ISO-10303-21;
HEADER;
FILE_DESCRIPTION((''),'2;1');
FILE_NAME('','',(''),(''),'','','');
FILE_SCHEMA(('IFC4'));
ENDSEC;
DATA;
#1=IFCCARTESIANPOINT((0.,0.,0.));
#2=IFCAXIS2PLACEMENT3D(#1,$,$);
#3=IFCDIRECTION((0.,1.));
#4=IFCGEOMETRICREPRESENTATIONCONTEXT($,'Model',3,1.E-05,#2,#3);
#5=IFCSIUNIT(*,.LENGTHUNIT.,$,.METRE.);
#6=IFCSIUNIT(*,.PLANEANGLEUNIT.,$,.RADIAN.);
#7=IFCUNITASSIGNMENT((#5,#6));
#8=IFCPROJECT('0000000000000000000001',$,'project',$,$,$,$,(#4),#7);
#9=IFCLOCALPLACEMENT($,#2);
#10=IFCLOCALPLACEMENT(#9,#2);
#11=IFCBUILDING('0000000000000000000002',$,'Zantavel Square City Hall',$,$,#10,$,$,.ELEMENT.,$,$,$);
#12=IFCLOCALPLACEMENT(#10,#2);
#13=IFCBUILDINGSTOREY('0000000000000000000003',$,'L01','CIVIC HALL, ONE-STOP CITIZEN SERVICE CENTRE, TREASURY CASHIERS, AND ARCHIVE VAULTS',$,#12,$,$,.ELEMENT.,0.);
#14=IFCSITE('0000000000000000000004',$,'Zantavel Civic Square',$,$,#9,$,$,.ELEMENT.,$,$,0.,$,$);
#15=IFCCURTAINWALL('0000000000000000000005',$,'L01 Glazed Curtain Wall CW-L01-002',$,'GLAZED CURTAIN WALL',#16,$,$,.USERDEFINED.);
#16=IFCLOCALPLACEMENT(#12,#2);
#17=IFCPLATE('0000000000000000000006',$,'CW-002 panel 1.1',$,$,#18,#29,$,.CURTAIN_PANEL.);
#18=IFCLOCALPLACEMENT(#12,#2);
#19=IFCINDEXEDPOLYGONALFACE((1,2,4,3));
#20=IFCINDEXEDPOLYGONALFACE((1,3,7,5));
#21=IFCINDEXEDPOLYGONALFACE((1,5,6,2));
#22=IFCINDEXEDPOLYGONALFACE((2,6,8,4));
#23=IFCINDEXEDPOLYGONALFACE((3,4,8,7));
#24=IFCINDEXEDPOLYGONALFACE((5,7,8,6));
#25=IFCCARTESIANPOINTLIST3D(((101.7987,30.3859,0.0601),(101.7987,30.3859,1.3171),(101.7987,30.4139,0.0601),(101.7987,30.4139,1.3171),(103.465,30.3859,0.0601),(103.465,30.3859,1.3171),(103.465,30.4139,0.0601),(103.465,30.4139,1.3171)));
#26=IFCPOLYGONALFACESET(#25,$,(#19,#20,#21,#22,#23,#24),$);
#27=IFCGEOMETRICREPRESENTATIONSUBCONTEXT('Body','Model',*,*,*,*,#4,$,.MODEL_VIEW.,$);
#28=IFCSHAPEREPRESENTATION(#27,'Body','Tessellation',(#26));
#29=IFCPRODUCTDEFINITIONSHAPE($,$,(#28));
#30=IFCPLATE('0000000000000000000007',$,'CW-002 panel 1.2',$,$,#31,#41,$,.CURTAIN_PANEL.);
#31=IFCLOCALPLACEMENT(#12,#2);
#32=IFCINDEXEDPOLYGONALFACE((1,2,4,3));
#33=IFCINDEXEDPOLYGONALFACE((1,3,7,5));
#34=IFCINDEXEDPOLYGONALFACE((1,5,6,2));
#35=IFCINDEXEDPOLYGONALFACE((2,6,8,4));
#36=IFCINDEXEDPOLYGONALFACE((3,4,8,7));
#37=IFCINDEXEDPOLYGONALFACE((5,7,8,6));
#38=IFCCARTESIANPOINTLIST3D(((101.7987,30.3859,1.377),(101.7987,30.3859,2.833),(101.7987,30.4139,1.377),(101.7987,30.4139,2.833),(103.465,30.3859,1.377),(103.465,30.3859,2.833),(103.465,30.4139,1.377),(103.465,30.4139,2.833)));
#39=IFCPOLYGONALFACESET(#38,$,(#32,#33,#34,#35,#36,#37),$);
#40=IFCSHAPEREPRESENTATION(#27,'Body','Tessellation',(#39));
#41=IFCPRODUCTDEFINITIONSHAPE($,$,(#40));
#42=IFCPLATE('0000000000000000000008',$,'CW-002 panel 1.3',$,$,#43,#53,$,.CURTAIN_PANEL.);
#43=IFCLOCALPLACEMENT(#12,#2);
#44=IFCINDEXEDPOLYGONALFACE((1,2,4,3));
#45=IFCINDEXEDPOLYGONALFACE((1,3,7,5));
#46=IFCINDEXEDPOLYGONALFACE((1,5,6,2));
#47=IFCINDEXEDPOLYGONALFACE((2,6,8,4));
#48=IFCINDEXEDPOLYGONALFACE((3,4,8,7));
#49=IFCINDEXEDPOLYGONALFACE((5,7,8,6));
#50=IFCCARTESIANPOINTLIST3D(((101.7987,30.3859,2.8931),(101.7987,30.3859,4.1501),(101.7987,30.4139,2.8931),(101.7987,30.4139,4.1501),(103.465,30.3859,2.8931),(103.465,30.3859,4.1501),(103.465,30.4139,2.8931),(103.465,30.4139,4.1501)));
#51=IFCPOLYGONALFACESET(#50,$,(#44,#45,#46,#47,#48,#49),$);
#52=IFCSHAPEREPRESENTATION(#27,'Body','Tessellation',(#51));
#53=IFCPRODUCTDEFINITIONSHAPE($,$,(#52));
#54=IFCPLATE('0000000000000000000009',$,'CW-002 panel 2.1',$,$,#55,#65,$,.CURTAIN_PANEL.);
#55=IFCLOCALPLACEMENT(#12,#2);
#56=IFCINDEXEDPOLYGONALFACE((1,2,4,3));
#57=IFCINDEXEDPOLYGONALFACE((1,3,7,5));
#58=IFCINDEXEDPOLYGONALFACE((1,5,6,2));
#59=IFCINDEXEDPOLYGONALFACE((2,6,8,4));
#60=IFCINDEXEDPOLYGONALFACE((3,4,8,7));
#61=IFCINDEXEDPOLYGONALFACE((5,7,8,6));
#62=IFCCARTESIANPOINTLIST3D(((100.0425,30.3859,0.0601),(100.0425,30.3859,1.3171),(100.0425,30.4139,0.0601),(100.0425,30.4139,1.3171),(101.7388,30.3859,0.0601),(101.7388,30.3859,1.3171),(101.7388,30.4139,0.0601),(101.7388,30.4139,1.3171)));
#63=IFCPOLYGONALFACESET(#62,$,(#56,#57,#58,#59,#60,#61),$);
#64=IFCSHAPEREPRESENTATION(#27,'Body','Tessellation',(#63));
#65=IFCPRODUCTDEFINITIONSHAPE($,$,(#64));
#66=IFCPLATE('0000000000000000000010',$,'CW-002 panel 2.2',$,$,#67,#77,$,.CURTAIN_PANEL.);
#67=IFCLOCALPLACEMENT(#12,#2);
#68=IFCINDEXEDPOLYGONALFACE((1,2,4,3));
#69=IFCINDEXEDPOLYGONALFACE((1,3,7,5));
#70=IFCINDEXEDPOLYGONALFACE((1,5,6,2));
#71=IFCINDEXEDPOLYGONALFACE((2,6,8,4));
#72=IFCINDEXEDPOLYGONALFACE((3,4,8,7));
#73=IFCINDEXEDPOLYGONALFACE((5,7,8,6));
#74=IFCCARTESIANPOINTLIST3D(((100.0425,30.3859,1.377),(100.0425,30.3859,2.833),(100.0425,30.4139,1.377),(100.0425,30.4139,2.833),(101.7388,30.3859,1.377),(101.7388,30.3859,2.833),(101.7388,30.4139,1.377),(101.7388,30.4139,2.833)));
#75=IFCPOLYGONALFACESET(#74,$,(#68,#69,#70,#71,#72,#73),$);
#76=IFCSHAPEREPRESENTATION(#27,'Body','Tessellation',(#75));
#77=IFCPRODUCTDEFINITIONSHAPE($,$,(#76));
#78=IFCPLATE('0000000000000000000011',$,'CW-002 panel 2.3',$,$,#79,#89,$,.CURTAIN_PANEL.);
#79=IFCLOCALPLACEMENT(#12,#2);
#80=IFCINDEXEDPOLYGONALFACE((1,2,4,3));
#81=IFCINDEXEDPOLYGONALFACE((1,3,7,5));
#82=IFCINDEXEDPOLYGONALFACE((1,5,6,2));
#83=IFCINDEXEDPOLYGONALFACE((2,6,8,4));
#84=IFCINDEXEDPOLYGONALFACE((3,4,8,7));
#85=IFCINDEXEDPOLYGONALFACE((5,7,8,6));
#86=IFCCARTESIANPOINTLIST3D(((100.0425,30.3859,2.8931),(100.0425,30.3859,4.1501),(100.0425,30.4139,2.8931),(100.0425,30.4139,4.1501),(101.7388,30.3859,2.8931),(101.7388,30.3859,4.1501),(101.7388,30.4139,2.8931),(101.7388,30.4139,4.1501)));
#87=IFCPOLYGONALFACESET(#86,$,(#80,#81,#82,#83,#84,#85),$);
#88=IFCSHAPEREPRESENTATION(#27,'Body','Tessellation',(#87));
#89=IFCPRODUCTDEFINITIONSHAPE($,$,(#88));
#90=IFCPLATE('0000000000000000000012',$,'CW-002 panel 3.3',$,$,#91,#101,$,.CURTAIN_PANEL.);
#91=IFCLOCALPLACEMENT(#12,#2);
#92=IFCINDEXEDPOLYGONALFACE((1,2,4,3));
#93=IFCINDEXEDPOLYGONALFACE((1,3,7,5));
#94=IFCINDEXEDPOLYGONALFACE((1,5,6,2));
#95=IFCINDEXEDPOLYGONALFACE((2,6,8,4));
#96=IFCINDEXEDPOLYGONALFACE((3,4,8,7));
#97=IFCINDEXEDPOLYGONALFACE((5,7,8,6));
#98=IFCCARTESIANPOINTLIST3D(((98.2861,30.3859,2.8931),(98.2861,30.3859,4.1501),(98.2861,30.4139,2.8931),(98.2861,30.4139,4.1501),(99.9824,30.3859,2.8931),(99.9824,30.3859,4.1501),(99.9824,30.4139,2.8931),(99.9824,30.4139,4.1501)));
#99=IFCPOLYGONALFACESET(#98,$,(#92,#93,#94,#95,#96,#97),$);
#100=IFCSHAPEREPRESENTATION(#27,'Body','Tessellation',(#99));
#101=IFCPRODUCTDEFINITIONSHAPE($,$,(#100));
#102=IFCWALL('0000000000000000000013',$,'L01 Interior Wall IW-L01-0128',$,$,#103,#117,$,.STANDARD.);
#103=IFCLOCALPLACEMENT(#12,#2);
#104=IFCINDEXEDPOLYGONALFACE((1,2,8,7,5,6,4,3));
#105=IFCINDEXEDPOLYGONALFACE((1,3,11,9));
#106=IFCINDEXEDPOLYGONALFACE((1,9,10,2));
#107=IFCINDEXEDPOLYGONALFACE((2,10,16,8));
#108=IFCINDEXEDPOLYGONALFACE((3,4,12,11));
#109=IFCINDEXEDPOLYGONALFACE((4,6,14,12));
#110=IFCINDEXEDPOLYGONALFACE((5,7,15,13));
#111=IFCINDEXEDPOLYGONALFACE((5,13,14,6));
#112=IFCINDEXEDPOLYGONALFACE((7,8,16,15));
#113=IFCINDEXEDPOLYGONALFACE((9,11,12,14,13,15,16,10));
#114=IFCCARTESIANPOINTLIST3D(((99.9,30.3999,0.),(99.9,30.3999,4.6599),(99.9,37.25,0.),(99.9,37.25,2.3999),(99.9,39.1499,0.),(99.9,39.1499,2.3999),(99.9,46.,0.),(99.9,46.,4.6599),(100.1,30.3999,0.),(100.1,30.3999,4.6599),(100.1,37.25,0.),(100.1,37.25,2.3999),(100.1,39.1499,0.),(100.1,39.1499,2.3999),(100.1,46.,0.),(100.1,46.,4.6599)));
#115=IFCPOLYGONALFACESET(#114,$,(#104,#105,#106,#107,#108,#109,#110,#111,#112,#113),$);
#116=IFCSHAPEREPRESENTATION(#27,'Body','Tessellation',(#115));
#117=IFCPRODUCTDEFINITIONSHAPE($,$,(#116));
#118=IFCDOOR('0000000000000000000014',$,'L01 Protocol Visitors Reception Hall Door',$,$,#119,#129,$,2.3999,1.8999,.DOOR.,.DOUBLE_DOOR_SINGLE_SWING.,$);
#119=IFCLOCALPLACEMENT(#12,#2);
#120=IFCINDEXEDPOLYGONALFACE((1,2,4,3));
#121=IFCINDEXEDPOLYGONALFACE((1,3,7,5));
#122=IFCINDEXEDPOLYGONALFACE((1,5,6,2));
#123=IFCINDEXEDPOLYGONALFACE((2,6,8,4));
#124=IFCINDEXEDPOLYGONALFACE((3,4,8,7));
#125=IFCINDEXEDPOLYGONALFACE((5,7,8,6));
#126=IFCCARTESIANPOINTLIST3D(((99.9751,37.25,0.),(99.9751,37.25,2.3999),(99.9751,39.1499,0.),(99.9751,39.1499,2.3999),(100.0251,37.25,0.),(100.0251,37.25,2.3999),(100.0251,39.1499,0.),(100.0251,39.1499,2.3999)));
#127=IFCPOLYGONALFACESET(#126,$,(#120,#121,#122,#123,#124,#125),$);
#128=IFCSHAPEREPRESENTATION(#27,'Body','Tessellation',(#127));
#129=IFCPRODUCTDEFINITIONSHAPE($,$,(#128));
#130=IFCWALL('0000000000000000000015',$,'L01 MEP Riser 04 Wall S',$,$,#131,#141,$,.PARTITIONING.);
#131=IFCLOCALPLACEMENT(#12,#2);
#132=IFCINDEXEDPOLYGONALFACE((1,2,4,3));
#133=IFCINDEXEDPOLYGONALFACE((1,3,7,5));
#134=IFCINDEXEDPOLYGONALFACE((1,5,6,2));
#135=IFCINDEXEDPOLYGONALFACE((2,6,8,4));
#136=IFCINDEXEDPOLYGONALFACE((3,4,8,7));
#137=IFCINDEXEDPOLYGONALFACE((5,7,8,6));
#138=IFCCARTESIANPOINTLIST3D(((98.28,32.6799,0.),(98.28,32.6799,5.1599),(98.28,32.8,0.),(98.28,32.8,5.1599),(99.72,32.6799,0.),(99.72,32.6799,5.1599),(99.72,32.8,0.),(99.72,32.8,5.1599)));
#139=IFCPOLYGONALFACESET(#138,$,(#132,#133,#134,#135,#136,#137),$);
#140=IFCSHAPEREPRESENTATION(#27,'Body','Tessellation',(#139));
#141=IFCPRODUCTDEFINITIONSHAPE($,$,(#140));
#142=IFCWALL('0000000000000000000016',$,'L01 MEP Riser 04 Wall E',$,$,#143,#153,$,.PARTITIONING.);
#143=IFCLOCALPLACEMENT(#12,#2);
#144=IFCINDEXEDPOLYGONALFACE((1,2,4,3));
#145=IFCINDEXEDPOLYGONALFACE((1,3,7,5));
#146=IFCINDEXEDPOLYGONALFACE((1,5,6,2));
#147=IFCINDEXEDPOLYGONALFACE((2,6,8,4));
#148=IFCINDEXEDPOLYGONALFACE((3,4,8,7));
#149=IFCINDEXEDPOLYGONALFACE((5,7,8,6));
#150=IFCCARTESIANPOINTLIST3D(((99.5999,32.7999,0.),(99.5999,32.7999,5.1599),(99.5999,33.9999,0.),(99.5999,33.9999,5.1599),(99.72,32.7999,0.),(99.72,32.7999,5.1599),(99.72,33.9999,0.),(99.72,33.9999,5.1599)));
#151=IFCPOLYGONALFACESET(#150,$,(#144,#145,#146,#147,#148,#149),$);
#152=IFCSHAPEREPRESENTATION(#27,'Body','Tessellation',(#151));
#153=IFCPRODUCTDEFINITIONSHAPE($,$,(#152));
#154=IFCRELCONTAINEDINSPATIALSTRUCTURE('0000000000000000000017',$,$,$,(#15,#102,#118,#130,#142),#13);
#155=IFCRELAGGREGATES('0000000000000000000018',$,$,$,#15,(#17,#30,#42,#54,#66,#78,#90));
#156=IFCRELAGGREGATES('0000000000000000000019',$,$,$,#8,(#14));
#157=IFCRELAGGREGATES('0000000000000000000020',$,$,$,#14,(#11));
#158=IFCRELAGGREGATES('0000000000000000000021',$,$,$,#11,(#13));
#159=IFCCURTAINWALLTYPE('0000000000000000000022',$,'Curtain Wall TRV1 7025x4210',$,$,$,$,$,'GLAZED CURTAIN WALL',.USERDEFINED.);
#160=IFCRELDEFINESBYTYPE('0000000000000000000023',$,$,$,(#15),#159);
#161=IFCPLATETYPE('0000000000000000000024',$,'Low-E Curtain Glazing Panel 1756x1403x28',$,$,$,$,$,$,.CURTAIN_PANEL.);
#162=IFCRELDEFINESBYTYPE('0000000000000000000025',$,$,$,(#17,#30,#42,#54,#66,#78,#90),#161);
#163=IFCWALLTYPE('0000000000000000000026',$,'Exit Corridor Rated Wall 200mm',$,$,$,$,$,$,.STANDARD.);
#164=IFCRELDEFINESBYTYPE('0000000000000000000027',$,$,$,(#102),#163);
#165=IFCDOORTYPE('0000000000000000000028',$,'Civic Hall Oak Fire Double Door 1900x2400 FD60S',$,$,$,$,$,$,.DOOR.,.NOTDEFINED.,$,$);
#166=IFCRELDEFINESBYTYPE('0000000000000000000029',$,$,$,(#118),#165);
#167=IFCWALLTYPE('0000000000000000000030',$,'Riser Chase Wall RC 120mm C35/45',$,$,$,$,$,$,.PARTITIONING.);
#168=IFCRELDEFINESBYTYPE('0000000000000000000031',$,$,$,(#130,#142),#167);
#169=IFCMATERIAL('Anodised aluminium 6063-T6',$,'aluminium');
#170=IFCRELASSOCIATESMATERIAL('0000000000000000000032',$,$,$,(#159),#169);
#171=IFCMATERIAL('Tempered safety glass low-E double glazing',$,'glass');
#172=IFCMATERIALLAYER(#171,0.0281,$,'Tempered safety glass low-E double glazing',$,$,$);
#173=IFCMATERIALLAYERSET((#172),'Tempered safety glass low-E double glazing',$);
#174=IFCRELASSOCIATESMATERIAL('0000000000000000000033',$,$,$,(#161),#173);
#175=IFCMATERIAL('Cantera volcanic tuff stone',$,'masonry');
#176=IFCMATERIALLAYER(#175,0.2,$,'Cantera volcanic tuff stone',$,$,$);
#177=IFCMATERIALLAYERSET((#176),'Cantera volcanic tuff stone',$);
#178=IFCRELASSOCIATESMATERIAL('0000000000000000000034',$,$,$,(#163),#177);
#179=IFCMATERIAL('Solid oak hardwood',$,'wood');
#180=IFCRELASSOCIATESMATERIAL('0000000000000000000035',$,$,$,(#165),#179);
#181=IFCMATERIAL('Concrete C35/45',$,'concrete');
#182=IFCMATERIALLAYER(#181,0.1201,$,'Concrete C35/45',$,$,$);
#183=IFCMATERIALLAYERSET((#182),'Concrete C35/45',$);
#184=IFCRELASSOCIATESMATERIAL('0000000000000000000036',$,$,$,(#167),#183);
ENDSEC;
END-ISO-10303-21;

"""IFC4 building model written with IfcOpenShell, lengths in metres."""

from ifc_helpers import new_model, si_unit, direction, frame, frame_2d, origin, origin_2d, place, context, subcontext, project, spatial, rectangle, extrude, material, layer, layer_set, type_object, element, fill, aggregate, save


model = new_model("IFC4")

# Units and contexts
model_context = context("Model", 3, precision=1e-05, world=origin(), true_north=direction((0.0, 1.0)))
body_context = subcontext(model_context, "Body", "Model", "MODEL_VIEW")
ifc_project = project(units=[si_unit("LENGTHUNIT", "METRE"), si_unit("PLANEANGLEUNIT", "RADIAN")], contexts=[model_context])

# Site, building, storey
site_placement = place(None, origin())
site = spatial("IfcSite", under=ifc_project, at=site_placement, Name="Zantavel Civic Square", CompositionType="ELEMENT", RefElevation=0.0)
building_placement = place(site_placement, origin())
building = spatial("IfcBuilding", under=site, at=building_placement, Name="Zantavel Square City Hall", CompositionType="ELEMENT")
storey_placement = place(building_placement, origin())
storey = spatial("IfcBuildingStorey", under=building, at=storey_placement, Name="L01", Description="CIVIC HALL, ONE-STOP CITIZEN SERVICE CENTRE, TREASURY CASHIERS, AND ARCHIVE VAULTS", CompositionType="ELEMENT", Elevation=0.0)

# Curtain wall
ifc_material_1 = material(Name="Anodised aluminium 6063-T6", Category="aluminium")
curtain_wall_type = type_object("IfcCurtainWallType", Name="Curtain Wall TRV1 7025x4210", ElementType="GLAZED CURTAIN WALL", PredefinedType="USERDEFINED", material=ifc_material_1)
curtain_wall_placement = place(storey_placement, origin())
curtain_wall = element("IfcCurtainWall", 1, at=curtain_wall_placement, inside=storey, type_object=curtain_wall_type, Name="L01 Glazed Curtain Wall CW-L01-002", ObjectType="GLAZED CURTAIN WALL", PredefinedType="USERDEFINED")

# Shared definitions
ifc_material_2 = material(Name="Concrete C35/45", Category="concrete")

# Plates
ifc_material_3 = material(Name="Tempered safety glass low-E double glazing", Category="glass")
ifc_layer_1 = layer(ifc_material_3, 0.0281, Name="Tempered safety glass low-E double glazing")
ifc_layer_set_1 = layer_set([ifc_layer_1], Name="Tempered safety glass low-E double glazing")
plate_type = type_object("IfcPlateType", Name="Low-E Curtain Glazing Panel 1756x1403x28", PredefinedType="CURTAIN_PANEL", material=ifc_layer_set_1)
plate_1_placement = place(storey_placement, frame((102.6318, 30.3999, 0.0601), z_axis=(0.0, 0.0, 1.0), x_axis=(-1.0, 0.0, 0.0)))
plate_1 = element("IfcPlate", 2, at=plate_1_placement, type_object=plate_type, Name="CW-002 panel 1.1", PredefinedType="CURTAIN_PANEL", context=body_context, shape_type="SweptSolid", body=[
    extrude(rectangle(XDim=1.6663, YDim=0.0281, at=origin_2d()), origin(), (0.0, 0.0, 1.0), 1.2571),
])
plate_2_placement = place(storey_placement, frame((102.6318, 30.3999, 1.377), z_axis=(0.0, 0.0, 1.0), x_axis=(-1.0, 0.0, 0.0)))
plate_2 = element("IfcPlate", 3, at=plate_2_placement, type_object=plate_type, Name="CW-002 panel 1.2", PredefinedType="CURTAIN_PANEL", context=body_context, shape_type="SweptSolid", body=[
    extrude(rectangle(XDim=1.6663, YDim=0.0281, at=origin_2d()), origin(), (0.0, 0.0, 1.0), 1.4561),
])
plate_3_placement = place(storey_placement, frame((102.6318, 30.3999, 2.8931), z_axis=(0.0, 0.0, 1.0), x_axis=(-1.0, 0.0, 0.0)))
plate_3 = element("IfcPlate", 4, at=plate_3_placement, type_object=plate_type, Name="CW-002 panel 1.3", PredefinedType="CURTAIN_PANEL", context=body_context, shape_type="SweptSolid", body=[
    extrude(rectangle(XDim=1.6663, YDim=0.0281, at=origin_2d()), origin(), (0.0, 0.0, 1.0), 1.2571),
])
plate_4_placement = place(storey_placement, frame((100.8906, 30.3999, 0.0601), z_axis=(0.0, 0.0, 1.0), x_axis=(-1.0, 0.0, 0.0)))
plate_4 = element("IfcPlate", 5, at=plate_4_placement, type_object=plate_type, Name="CW-002 panel 2.1", PredefinedType="CURTAIN_PANEL", context=body_context, shape_type="SweptSolid", body=[
    extrude(rectangle(XDim=1.6963, YDim=0.0281, at=origin_2d()), origin(), (0.0, 0.0, 1.0), 1.2571),
])
plate_5_placement = place(storey_placement, frame((100.8906, 30.3999, 1.377), z_axis=(0.0, 0.0, 1.0), x_axis=(-1.0, 0.0, 0.0)))
plate_5 = element("IfcPlate", 6, at=plate_5_placement, type_object=plate_type, Name="CW-002 panel 2.2", PredefinedType="CURTAIN_PANEL", context=body_context, shape_type="SweptSolid", body=[
    extrude(rectangle(XDim=1.6963, YDim=0.0281, at=origin_2d()), origin(), (0.0, 0.0, 1.0), 1.4561),
])
plate_6_placement = place(storey_placement, frame((100.8906, 30.3999, 2.8931), z_axis=(0.0, 0.0, 1.0), x_axis=(-1.0, 0.0, 0.0)))
plate_6 = element("IfcPlate", 7, at=plate_6_placement, type_object=plate_type, Name="CW-002 panel 2.3", PredefinedType="CURTAIN_PANEL", context=body_context, shape_type="SweptSolid", body=[
    extrude(rectangle(XDim=1.6963, YDim=0.0281, at=origin_2d()), origin(), (0.0, 0.0, 1.0), 1.2571),
])
plate_7_placement = place(storey_placement, frame((99.1343, 30.3999, 2.8931), z_axis=(0.0, 0.0, 1.0), x_axis=(-1.0, 0.0, 0.0)))
plate_7 = element("IfcPlate", 8, at=plate_7_placement, type_object=plate_type, Name="CW-002 panel 3.3", PredefinedType="CURTAIN_PANEL", context=body_context, shape_type="SweptSolid", body=[
    extrude(rectangle(XDim=1.6963, YDim=0.0281, at=origin_2d()), origin(), (0.0, 0.0, 1.0), 1.2571),
])
aggregate(curtain_wall, [plate_1, plate_2, plate_3, plate_4, plate_5, plate_6, plate_7])

# Wall, opening, door
ifc_material_4 = material(Name="Cantera volcanic tuff stone", Category="masonry")
ifc_layer_2 = layer(ifc_material_4, 0.2, Name="Cantera volcanic tuff stone")
ifc_layer_set_2 = layer_set([ifc_layer_2], Name="Cantera volcanic tuff stone")
wall_type_1 = type_object("IfcWallType", Name="Exit Corridor Rated Wall 200mm", PredefinedType="STANDARD", material=ifc_layer_set_2)
wall_1_placement = place(storey_placement, frame((100.0, 30.3999, 0.0), z_axis=(0.0, 0.0, 1.0), x_axis=(0.0, 1.0, 0.0)))
wall_1 = element("IfcWall", 9, at=wall_1_placement, inside=storey, type_object=wall_type_1, Name="L01 Interior Wall IW-L01-0128", PredefinedType="STANDARD", context=body_context, shape_type="SweptSolid", body=[
    extrude(rectangle(XDim=15.6001, YDim=0.2, at=frame_2d((7.8, 0.0))), origin(), (0.0, 0.0, 1.0), 4.6599),
])
opening_placement = place(wall_1_placement, frame((6.8501, 0.0, 0.0)))
opening = element("IfcOpeningElement", 10, at=opening_placement, cuts=wall_1, PredefinedType="OPENING", context=body_context, shape_type="SweptSolid", body=[
    extrude(rectangle(XDim=1.8999, YDim=2.3999, at=frame_2d((0.95, 1.2))), frame((0.0, 0.1099, 0.0), z_axis=(0.0, -1.0, 0.0), x_axis=(1.0, 0.0, 0.0)), (0.0, 0.0, 1.0), 0.22),
])
ifc_material_5 = material(Name="Solid oak hardwood", Category="wood")
door_type = type_object("IfcDoorType", Name="Civic Hall Oak Fire Double Door 1900x2400 FD60S", OperationType="NOTDEFINED", PredefinedType="DOOR", material=ifc_material_5)
door_placement = place(opening_placement, origin())
door = element("IfcDoor", 11, at=door_placement, inside=storey, type_object=door_type, Name="L01 Protocol Visitors Reception Hall Door", OperationType="DOUBLE_DOOR_SINGLE_SWING", OverallHeight=2.3999, OverallWidth=1.8999, PredefinedType="DOOR", context=body_context, shape_type="SweptSolid", body=[
    extrude(rectangle(XDim=1.8999, YDim=2.3999, at=frame_2d((0.95, 1.2))), frame((0.0, 0.0249, 0.0), z_axis=(0.0, -1.0, 0.0), x_axis=(1.0, 0.0, 0.0)), (0.0, 0.0, 1.0), 0.05),
])
fill(opening, door)

# Walls
ifc_layer_3 = layer(ifc_material_2, 0.1201, Name="Concrete C35/45")
ifc_layer_set_3 = layer_set([ifc_layer_3], Name="Concrete C35/45")
wall_type_2 = type_object("IfcWallType", Name="Riser Chase Wall RC 120mm C35/45", PredefinedType="PARTITIONING", material=ifc_layer_set_3)
wall_2_placement = place(storey_placement, frame((99.72, 32.74, 0.0), z_axis=(0.0, 0.0, 1.0), x_axis=(-1.0, 0.0, 0.0)))
element("IfcWall", 12, at=wall_2_placement, inside=storey, type_object=wall_type_2, Name="L01 MEP Riser 04 Wall S", PredefinedType="PARTITIONING", context=body_context, shape_type="SweptSolid", body=[
    extrude(rectangle(XDim=1.4399, YDim=0.1201, at=frame_2d((0.72, 0.0))), origin(), (0.0, 0.0, 1.0), 5.1599),
])
wall_3_placement = place(storey_placement, frame((99.6599, 34.0, 0.0), z_axis=(0.0, 0.0, 1.0), x_axis=(0.0, -1.0, 0.0)))
element("IfcWall", 13, at=wall_3_placement, inside=storey, type_object=wall_type_2, Name="L01 MEP Riser 04 Wall E", PredefinedType="PARTITIONING", context=body_context, shape_type="SweptSolid", body=[
    extrude(rectangle(XDim=1.2, YDim=0.1201, at=frame_2d((0.6001, 0.0))), origin(), (0.0, 0.0, 1.0), 5.1599),
])

save(model, "model.ifc")
